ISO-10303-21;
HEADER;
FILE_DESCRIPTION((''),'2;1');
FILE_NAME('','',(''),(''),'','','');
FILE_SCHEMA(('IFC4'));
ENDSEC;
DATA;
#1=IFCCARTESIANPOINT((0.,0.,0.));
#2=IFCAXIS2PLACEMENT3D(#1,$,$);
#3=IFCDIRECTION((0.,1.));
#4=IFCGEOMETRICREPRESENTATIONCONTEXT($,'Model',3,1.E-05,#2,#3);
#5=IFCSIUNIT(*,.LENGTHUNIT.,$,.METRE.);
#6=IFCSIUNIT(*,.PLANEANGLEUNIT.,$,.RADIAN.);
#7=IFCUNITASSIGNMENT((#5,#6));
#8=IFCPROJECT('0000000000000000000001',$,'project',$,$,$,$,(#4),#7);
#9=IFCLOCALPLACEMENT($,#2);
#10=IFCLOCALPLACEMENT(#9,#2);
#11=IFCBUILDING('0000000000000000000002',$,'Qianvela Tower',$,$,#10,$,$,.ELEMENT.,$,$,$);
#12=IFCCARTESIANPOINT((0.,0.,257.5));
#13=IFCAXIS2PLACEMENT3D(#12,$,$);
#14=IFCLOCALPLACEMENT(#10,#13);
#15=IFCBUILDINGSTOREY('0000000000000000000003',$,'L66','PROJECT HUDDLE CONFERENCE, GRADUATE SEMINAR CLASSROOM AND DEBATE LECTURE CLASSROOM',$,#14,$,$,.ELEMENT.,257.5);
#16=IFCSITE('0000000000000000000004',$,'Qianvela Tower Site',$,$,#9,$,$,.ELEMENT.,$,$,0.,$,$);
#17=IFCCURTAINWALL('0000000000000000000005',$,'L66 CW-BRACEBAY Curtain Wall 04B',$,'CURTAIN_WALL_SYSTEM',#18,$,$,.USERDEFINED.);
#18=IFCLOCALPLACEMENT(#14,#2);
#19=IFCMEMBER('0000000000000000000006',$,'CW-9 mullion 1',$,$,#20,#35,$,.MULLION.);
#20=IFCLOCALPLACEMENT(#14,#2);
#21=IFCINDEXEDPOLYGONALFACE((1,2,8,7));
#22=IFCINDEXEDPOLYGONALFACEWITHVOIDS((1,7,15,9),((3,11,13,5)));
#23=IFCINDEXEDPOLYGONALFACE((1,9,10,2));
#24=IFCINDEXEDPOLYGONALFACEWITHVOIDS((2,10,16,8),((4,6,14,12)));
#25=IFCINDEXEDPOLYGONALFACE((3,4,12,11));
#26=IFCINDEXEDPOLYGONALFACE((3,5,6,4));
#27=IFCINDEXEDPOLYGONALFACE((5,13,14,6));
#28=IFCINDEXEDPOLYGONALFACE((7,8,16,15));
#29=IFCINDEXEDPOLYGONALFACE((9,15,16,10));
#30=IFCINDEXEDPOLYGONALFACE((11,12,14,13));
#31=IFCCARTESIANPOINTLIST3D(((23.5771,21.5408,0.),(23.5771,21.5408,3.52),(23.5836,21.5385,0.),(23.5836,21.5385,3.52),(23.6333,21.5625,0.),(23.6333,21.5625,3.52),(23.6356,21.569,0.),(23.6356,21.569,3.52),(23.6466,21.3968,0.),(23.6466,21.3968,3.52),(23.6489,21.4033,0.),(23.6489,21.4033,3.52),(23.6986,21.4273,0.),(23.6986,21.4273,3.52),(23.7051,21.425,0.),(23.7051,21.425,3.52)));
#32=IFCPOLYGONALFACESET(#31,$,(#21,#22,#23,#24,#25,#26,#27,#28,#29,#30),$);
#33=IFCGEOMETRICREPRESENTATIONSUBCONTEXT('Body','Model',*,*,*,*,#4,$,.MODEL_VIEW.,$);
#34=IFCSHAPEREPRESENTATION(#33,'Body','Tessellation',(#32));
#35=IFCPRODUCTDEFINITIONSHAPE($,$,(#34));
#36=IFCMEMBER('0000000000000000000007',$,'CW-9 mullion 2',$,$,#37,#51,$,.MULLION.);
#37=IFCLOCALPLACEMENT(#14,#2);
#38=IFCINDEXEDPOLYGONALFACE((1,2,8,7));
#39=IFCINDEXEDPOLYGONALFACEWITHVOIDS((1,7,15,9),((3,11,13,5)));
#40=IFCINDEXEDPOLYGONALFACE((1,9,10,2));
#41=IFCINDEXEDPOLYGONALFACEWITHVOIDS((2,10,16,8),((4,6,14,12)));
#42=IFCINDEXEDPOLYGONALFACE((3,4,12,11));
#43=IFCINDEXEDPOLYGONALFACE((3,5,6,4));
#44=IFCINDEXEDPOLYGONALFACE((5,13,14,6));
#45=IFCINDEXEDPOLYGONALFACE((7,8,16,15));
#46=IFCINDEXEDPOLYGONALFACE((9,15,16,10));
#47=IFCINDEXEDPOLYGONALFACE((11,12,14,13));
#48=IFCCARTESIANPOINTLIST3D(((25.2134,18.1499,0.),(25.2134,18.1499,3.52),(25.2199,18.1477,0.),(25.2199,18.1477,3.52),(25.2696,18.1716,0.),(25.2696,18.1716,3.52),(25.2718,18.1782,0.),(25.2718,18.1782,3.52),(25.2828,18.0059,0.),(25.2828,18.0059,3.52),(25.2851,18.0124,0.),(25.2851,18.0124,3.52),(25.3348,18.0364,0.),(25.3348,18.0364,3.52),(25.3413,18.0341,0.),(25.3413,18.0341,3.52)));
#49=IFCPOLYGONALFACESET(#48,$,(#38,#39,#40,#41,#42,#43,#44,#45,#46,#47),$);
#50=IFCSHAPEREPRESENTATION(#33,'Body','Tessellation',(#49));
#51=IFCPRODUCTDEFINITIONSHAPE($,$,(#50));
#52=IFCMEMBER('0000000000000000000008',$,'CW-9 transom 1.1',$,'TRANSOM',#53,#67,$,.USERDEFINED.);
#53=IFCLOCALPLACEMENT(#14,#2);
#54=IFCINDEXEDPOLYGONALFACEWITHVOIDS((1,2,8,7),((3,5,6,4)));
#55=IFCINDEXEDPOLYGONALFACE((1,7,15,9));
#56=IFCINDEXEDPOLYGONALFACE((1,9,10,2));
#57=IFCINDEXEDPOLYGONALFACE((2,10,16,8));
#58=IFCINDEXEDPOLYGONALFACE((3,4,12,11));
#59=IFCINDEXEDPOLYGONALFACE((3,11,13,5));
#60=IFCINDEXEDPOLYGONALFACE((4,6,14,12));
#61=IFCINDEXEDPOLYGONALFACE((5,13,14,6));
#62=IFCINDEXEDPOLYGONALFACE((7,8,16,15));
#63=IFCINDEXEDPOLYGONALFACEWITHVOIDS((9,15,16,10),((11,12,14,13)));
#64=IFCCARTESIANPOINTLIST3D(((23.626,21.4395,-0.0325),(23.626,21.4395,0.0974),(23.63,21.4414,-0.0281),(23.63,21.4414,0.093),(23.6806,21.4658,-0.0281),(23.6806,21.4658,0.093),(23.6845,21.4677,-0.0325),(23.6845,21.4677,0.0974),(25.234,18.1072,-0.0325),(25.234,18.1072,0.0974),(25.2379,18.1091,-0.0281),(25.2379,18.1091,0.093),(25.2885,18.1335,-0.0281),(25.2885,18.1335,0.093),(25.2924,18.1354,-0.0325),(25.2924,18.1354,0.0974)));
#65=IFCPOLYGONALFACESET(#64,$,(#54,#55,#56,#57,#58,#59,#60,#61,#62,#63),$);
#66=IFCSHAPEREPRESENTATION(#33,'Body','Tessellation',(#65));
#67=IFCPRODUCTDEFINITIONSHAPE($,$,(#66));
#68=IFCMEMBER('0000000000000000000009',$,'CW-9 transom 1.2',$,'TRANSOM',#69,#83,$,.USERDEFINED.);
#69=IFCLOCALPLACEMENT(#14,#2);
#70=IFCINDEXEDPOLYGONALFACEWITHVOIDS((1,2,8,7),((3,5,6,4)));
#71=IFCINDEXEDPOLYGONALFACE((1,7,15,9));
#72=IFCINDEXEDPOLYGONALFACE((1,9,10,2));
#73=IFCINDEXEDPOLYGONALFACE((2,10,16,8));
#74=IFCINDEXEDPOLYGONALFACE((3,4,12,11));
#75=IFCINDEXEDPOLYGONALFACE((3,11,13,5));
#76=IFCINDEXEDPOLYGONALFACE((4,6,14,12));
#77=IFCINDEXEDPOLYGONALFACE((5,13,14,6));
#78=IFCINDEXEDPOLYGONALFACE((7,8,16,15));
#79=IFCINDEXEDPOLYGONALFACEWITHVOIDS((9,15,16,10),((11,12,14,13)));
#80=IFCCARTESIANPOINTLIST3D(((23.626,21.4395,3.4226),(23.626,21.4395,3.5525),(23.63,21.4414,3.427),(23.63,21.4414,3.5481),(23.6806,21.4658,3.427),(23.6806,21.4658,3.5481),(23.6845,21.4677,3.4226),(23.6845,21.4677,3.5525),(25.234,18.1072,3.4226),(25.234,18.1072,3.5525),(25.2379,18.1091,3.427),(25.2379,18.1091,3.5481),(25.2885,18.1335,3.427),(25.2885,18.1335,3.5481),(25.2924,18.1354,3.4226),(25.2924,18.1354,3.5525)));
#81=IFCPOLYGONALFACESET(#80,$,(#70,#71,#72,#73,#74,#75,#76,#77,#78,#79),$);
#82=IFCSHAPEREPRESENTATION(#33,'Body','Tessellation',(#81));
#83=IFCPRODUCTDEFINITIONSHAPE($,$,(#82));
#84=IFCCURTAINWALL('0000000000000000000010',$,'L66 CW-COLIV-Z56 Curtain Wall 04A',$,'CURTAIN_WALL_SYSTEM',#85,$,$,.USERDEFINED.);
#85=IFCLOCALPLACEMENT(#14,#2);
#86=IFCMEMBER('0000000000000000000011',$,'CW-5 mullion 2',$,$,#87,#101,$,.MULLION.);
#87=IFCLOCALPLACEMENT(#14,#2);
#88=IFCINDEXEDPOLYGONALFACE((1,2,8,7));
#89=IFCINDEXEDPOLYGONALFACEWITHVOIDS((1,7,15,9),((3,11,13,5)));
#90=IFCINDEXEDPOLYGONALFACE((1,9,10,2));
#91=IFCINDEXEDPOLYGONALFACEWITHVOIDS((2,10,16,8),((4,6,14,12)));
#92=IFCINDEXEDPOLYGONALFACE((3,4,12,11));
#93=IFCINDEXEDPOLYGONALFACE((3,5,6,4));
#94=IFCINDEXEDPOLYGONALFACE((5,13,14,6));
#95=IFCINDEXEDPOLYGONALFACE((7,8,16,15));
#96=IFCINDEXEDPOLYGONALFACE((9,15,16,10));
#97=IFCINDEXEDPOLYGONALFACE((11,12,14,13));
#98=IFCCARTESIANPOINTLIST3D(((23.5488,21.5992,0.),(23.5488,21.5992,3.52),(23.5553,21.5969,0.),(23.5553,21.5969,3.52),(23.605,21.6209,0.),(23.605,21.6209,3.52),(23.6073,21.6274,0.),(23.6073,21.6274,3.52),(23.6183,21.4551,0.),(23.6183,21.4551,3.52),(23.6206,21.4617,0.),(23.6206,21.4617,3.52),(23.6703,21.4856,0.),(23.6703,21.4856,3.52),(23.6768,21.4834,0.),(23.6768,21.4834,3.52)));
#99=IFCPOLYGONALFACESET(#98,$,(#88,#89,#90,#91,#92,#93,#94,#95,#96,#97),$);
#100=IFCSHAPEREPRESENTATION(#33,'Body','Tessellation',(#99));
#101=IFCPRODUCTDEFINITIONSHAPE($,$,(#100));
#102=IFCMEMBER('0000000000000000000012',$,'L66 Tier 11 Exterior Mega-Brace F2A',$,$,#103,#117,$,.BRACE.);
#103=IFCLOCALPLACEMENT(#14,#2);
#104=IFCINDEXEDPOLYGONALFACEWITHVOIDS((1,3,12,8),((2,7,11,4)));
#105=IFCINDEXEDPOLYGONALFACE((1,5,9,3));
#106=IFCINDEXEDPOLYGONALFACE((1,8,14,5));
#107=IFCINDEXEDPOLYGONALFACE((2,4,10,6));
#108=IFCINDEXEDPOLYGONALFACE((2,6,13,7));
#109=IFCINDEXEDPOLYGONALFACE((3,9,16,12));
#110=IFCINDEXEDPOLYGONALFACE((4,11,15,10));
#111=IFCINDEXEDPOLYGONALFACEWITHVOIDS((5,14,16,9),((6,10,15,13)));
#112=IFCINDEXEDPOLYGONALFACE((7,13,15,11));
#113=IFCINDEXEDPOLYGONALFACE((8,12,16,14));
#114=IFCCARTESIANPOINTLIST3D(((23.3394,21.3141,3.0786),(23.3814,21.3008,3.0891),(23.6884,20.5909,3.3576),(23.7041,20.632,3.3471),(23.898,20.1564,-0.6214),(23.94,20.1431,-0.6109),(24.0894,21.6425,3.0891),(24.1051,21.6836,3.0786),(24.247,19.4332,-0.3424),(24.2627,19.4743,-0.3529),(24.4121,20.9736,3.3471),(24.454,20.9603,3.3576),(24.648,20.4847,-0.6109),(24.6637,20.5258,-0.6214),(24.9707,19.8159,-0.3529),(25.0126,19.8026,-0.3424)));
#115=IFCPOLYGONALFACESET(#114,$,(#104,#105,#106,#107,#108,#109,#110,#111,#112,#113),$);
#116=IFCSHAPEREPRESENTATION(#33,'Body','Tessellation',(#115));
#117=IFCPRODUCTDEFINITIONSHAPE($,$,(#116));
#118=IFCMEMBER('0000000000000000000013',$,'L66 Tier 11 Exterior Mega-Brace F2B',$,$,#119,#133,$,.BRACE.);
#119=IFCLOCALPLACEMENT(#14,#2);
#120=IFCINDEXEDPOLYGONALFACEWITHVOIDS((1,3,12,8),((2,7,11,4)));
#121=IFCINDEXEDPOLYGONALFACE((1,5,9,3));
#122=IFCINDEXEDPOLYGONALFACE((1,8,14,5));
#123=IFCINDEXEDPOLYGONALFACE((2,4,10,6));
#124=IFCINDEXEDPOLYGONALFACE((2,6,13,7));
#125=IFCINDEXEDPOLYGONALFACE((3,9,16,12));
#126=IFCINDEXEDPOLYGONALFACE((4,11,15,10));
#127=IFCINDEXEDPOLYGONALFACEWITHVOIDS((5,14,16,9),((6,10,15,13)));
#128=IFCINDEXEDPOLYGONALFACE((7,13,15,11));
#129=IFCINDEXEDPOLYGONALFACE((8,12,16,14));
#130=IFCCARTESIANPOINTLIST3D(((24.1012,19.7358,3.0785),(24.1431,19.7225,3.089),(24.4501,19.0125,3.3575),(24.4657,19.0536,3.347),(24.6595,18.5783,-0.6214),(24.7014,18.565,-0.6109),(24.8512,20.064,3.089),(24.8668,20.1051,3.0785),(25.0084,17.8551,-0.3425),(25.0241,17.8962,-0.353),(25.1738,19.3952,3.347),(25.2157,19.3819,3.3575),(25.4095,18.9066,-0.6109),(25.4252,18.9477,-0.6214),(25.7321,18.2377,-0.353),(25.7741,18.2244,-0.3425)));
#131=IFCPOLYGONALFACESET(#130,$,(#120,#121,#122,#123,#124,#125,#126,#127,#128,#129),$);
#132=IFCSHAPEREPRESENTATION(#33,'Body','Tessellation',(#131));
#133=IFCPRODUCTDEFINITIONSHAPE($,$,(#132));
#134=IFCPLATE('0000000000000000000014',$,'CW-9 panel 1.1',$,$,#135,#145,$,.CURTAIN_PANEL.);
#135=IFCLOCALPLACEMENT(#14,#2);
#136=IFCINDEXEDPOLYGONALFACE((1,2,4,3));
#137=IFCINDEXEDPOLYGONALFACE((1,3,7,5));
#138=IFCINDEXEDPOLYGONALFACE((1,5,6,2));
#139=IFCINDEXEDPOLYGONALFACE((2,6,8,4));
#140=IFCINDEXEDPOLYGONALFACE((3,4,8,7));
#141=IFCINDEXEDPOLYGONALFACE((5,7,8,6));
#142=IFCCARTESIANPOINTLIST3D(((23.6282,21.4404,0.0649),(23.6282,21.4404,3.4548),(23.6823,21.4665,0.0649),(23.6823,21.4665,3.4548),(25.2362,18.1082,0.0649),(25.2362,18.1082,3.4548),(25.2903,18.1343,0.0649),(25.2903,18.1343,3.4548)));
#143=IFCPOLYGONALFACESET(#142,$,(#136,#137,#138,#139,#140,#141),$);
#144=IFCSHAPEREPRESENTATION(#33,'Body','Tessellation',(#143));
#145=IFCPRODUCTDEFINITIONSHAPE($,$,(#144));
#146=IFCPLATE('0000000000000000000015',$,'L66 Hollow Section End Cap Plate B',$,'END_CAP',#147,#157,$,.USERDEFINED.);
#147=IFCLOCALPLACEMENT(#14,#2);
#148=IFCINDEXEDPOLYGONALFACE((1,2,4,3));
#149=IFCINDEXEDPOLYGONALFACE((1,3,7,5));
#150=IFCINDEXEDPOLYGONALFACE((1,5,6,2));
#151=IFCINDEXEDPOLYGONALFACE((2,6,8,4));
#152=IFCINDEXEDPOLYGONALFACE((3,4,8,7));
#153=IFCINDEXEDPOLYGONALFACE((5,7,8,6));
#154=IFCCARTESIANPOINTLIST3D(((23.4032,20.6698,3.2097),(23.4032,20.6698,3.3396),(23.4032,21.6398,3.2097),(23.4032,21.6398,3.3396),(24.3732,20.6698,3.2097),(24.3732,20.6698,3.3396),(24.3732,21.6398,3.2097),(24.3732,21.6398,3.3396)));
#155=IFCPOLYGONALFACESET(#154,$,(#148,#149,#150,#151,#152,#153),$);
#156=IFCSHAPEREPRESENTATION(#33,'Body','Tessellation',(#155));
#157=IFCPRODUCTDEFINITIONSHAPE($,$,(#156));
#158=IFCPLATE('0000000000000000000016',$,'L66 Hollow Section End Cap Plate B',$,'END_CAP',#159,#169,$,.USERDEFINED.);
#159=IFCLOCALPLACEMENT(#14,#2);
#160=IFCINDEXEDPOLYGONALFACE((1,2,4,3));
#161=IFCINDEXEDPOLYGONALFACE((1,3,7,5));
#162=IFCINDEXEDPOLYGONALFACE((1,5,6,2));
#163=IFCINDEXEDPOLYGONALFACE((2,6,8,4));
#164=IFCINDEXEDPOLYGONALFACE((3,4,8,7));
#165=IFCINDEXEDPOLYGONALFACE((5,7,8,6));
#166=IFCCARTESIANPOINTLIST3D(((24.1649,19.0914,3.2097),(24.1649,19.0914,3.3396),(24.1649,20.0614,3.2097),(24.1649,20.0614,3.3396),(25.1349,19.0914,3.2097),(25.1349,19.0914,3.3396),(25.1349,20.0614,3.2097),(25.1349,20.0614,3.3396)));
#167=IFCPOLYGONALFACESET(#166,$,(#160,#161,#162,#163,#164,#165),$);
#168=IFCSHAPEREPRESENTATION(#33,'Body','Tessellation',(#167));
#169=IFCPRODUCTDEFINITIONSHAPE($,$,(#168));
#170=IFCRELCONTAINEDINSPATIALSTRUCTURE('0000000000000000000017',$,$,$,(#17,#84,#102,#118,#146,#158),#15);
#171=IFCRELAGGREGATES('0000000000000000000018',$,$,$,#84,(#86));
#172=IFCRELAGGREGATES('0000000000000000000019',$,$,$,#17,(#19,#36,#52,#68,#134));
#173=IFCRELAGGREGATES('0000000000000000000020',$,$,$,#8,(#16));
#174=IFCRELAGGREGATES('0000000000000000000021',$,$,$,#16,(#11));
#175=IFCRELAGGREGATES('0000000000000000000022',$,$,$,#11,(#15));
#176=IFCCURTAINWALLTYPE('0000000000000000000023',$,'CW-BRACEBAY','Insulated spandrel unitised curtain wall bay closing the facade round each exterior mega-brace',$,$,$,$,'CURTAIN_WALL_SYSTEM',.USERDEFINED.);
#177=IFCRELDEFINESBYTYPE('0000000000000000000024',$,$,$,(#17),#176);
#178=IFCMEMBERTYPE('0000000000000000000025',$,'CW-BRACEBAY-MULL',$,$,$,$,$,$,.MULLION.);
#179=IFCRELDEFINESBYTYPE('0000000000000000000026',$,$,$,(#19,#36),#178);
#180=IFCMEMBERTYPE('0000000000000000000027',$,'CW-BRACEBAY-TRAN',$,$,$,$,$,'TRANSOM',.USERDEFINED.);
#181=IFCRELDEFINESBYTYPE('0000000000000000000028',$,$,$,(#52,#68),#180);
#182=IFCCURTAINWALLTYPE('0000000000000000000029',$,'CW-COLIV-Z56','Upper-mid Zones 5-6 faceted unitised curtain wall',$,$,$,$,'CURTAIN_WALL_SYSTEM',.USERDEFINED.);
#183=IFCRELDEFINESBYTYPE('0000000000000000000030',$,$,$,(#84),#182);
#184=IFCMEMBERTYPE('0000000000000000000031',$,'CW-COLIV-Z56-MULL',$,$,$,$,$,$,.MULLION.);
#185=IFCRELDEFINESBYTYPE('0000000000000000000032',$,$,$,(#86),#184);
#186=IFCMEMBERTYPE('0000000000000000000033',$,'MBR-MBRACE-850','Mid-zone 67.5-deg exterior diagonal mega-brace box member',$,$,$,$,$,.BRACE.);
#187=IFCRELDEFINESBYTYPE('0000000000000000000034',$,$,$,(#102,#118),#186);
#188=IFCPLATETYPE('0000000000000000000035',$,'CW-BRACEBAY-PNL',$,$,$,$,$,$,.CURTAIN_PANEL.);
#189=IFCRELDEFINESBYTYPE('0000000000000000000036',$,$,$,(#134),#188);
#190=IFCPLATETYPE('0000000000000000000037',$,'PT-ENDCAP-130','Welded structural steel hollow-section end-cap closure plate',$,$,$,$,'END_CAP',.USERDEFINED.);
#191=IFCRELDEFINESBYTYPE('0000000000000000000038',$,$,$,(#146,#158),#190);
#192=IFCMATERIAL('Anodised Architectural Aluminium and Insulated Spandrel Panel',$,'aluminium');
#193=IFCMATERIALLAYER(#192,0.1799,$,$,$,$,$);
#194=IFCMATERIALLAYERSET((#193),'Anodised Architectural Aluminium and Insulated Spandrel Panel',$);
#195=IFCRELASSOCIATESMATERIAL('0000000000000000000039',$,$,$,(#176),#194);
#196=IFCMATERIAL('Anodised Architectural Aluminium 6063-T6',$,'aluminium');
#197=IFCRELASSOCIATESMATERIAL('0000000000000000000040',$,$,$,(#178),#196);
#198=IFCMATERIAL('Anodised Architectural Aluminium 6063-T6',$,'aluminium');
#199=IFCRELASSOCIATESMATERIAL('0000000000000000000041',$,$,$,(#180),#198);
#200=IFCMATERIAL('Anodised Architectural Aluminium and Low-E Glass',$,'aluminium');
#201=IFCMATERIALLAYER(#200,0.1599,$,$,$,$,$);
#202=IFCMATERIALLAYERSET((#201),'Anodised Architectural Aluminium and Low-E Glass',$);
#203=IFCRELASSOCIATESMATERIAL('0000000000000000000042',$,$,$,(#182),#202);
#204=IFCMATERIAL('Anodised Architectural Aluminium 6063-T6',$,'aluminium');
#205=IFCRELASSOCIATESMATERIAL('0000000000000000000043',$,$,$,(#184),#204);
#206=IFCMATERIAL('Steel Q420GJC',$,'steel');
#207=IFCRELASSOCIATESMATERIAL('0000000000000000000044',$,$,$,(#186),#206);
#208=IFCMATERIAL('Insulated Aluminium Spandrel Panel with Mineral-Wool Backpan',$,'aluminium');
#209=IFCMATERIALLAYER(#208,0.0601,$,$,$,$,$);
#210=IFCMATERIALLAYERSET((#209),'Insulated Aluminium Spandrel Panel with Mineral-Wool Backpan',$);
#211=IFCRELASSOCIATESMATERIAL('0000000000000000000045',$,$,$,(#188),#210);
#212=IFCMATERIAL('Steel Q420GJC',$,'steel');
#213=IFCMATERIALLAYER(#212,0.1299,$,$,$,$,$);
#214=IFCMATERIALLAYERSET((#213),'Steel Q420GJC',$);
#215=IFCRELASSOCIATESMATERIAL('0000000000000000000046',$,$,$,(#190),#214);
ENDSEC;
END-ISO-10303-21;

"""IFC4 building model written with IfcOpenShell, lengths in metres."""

from ifc_helpers import new_model, si_unit, direction, frame, origin, origin_2d, place, context, subcontext, project, spatial, rectangle, hollow_rectangle, extrude, material, layer, layer_set, material_profile, profile_set, type_object, element, aggregate, save


model = new_model("IFC4")

# Units and contexts
model_context = context("Model", 3, precision=1e-05, world=origin(), true_north=direction((0.0, 1.0)))
body_context = subcontext(model_context, "Body", "Model", "MODEL_VIEW")
ifc_project = project(units=[si_unit("LENGTHUNIT", "METRE"), si_unit("PLANEANGLEUNIT", "RADIAN")], contexts=[model_context])

# Site, building, storey
site_placement = place(None, origin())
site = spatial("IfcSite", under=ifc_project, at=site_placement, Name="Qianvela Tower Site", CompositionType="ELEMENT", RefElevation=0.0)
building_placement = place(site_placement, origin())
building = spatial("IfcBuilding", under=site, at=building_placement, Name="Qianvela Tower", CompositionType="ELEMENT")
storey_placement = place(building_placement, frame((0.0, 0.0, 257.5)))
storey = spatial("IfcBuildingStorey", under=building, at=storey_placement, Name="L66", Description="PROJECT HUDDLE CONFERENCE, GRADUATE SEMINAR CLASSROOM AND DEBATE LECTURE CLASSROOM", CompositionType="ELEMENT", Elevation=257.5)

# Curtain wall, members
ifc_material_1 = material(Name="Anodised Architectural Aluminium and Insulated Spandrel Panel", Category="aluminium")
ifc_layer_1 = layer(ifc_material_1, 0.1799)
ifc_layer_set_1 = layer_set([ifc_layer_1], Name="Anodised Architectural Aluminium and Insulated Spandrel Panel")
curtain_wall_type_1 = type_object("IfcCurtainWallType", Name="CW-BRACEBAY", Description="Insulated spandrel unitised curtain wall bay closing the facade round each exterior mega-brace", ElementType="CURTAIN_WALL_SYSTEM", PredefinedType="USERDEFINED", material=ifc_layer_set_1)
curtain_wall_1_placement = place(storey_placement, origin())
curtain_wall_1 = element("IfcCurtainWall", 1, at=curtain_wall_1_placement, inside=storey, type_object=curtain_wall_type_1, Name="L66 CW-BRACEBAY Curtain Wall 04B", ObjectType="CURTAIN_WALL_SYSTEM", PredefinedType="USERDEFINED")
ifc_material_2 = material(Name="Anodised Architectural Aluminium 6063-T6", Category="aluminium")
ifc_material_profile_1 = material_profile(ifc_material_2, hollow_rectangle(XDim=0.0649, YDim=0.1599, WallThickness=0.0049, at=origin_2d()), Name="ALU-MULL-65x160")
ifc_profile_set_1 = profile_set([ifc_material_profile_1], Name="Anodised Architectural Aluminium 6063-T6")
member_type_1 = type_object("IfcMemberType", Name="CW-BRACEBAY-MULL", PredefinedType="MULLION", material=ifc_profile_set_1)
member_1_placement = place(storey_placement, frame((23.6411, 21.4829, 0.0), z_axis=(0.0, 0.0, 1.0), x_axis=(0.900626, 0.434595, 0.0)))
member_1 = element("IfcMember", 2, at=member_1_placement, type_object=member_type_1, Name="CW-9 mullion 1", PredefinedType="MULLION", context=body_context, shape_type="SweptSolid", body=[
    extrude(hollow_rectangle(XDim=0.0649, YDim=0.1599, WallThickness=0.0049, at=origin_2d()), origin(), (0.0, 0.0, 1.0), 3.52),
])
member_2_placement = place(storey_placement, frame((25.2773, 18.092, 0.0), z_axis=(0.0, 0.0, 1.0), x_axis=(0.900626, 0.434595, 0.0)))
member_2 = element("IfcMember", 3, at=member_2_placement, type_object=member_type_1, Name="CW-9 mullion 2", PredefinedType="MULLION", context=body_context, shape_type="SweptSolid", body=[
    extrude(hollow_rectangle(XDim=0.0649, YDim=0.1599, WallThickness=0.0049, at=origin_2d()), origin(), (0.0, 0.0, 1.0), 3.52),
])
ifc_material_3 = material(Name="Anodised Architectural Aluminium 6063-T6", Category="aluminium")
ifc_material_profile_2 = material_profile(ifc_material_3, hollow_rectangle(XDim=0.0649, YDim=0.1299, WallThickness=0.0044, at=origin_2d()), Name="ALU-TRAN-65x130")
ifc_profile_set_2 = profile_set([ifc_material_profile_2], Name="Anodised Architectural Aluminium 6063-T6")
member_type_2 = type_object("IfcMemberType", Name="CW-BRACEBAY-TRAN", ElementType="TRANSOM", PredefinedType="USERDEFINED", material=ifc_profile_set_2)
member_3_placement = place(storey_placement, frame((23.6553, 21.4536, 0.0325), z_axis=(0.434579, -0.900634, 0.0), x_axis=(0.900634, 0.434579, 0.0)))
member_3 = element("IfcMember", 4, at=member_3_placement, type_object=member_type_2, Name="CW-9 transom 1.1", ObjectType="TRANSOM", PredefinedType="USERDEFINED", context=body_context, shape_type="SweptSolid", body=[
    extrude(hollow_rectangle(XDim=0.0649, YDim=0.1299, WallThickness=0.0044, at=origin_2d()), origin(), (0.0, 0.0, 1.0), 3.7),
])
member_4_placement = place(storey_placement, frame((23.6553, 21.4536, 3.4875), z_axis=(0.434579, -0.900634, 0.0), x_axis=(0.900634, 0.434579, 0.0)))
member_4 = element("IfcMember", 5, at=member_4_placement, type_object=member_type_2, Name="CW-9 transom 1.2", ObjectType="TRANSOM", PredefinedType="USERDEFINED", context=body_context, shape_type="SweptSolid", body=[
    extrude(hollow_rectangle(XDim=0.0649, YDim=0.1299, WallThickness=0.0044, at=origin_2d()), origin(), (0.0, 0.0, 1.0), 3.7),
])

# Curtain wall, member
ifc_material_4 = material(Name="Anodised Architectural Aluminium and Low-E Glass", Category="aluminium")
ifc_layer_2 = layer(ifc_material_4, 0.1599)
ifc_layer_set_2 = layer_set([ifc_layer_2], Name="Anodised Architectural Aluminium and Low-E Glass")
curtain_wall_type_2 = type_object("IfcCurtainWallType", Name="CW-COLIV-Z56", Description="Upper-mid Zones 5-6 faceted unitised curtain wall", ElementType="CURTAIN_WALL_SYSTEM", PredefinedType="USERDEFINED", material=ifc_layer_set_2)
curtain_wall_2_placement = place(storey_placement, origin())
curtain_wall_2 = element("IfcCurtainWall", 6, at=curtain_wall_2_placement, inside=storey, type_object=curtain_wall_type_2, Name="L66 CW-COLIV-Z56 Curtain Wall 04A", ObjectType="CURTAIN_WALL_SYSTEM", PredefinedType="USERDEFINED")
ifc_material_5 = material(Name="Anodised Architectural Aluminium 6063-T6", Category="aluminium")
ifc_material_profile_3 = material_profile(ifc_material_5, hollow_rectangle(XDim=0.0649, YDim=0.1599, WallThickness=0.0049, at=origin_2d()), Name="ALU-MULL-65x160")
ifc_profile_set_3 = profile_set([ifc_material_profile_3], Name="Anodised Architectural Aluminium 6063-T6")
member_type_3 = type_object("IfcMemberType", Name="CW-COLIV-Z56-MULL", PredefinedType="MULLION", material=ifc_profile_set_3)
member_5_placement = place(storey_placement, frame((23.6128, 21.5413, 0.0), z_axis=(0.0, 0.0, 1.0), x_axis=(0.90062, 0.434607, 0.0)))
member_5 = element("IfcMember", 7, at=member_5_placement, type_object=member_type_3, Name="CW-5 mullion 2", PredefinedType="MULLION", context=body_context, shape_type="SweptSolid", body=[
    extrude(hollow_rectangle(XDim=0.0649, YDim=0.1599, WallThickness=0.0049, at=origin_2d()), origin(), (0.0, 0.0, 1.0), 3.52),
])
aggregate(curtain_wall_2, [member_5])

# Members
ifc_material_6 = material(Name="Steel Q420GJC", Category="steel")
ifc_material_profile_4 = material_profile(ifc_material_6, hollow_rectangle(XDim=0.8501, YDim=0.8501, WallThickness=0.032, at=origin_2d()), Name="MBOX-850x850x32")
ifc_profile_set_4 = profile_set([ifc_material_profile_4], Name="Steel Q420GJC")
member_type_4 = type_object("IfcMemberType", Name="MBR-MBRACE-850", Description="Mid-zone 67.5-deg exterior diagonal mega-brace box member", PredefinedType="BRACE", material=ifc_profile_set_4)
member_6_placement = place(storey_placement, frame((24.4553, 19.9795, -0.4819), z_axis=(-0.142612, 0.29557, 0.944616), x_axis=(-0.900644, -0.434558, 0.0)))
element("IfcMember", 8, at=member_6_placement, inside=storey, type_object=member_type_4, Name="L66 Tier 11 Exterior Mega-Brace F2A", PredefinedType="BRACE", context=body_context, shape_type="SweptSolid", body=[
    extrude(hollow_rectangle(XDim=0.8501, YDim=0.8501, WallThickness=0.032, at=origin_2d()), origin(), (0.0, 0.0, 1.0), 3.917),
])
member_7_placement = place(storey_placement, frame((25.2168, 18.4014, -0.4819), z_axis=(-0.142553, 0.295516, 0.944642), x_axis=(-0.900682, -0.434478, 0.0)))
element("IfcMember", 9, at=member_7_placement, inside=storey, type_object=member_type_4, Name="L66 Tier 11 Exterior Mega-Brace F2B", PredefinedType="BRACE", context=body_context, shape_type="SweptSolid", body=[
    extrude(hollow_rectangle(XDim=0.8501, YDim=0.8501, WallThickness=0.032, at=origin_2d()), origin(), (0.0, 0.0, 1.0), 3.9167),
])

# Plate
ifc_material_7 = material(Name="Insulated Aluminium Spandrel Panel with Mineral-Wool Backpan", Category="aluminium")
ifc_layer_3 = layer(ifc_material_7, 0.0601)
ifc_layer_set_3 = layer_set([ifc_layer_3], Name="Insulated Aluminium Spandrel Panel with Mineral-Wool Backpan")
plate_type_1 = type_object("IfcPlateType", Name="CW-BRACEBAY-PNL", PredefinedType="CURTAIN_PANEL", material=ifc_layer_set_3)
plate_placement = place(storey_placement, frame((24.4592, 19.7874, 0.0649), z_axis=(0.0, 0.0, 1.0), x_axis=(0.434595, -0.900626, 0.0)))
plate = element("IfcPlate", 10, at=plate_placement, type_object=plate_type_1, Name="CW-9 panel 1.1", PredefinedType="CURTAIN_PANEL", context=body_context, shape_type="SweptSolid", body=[
    extrude(rectangle(XDim=3.7, YDim=0.0601, at=origin_2d()), origin(), (0.0, 0.0, 1.0), 3.3899),
])
aggregate(curtain_wall_1, [member_1, member_2, member_3, member_4, plate])

# Plates
ifc_material_8 = material(Name="Steel Q420GJC", Category="steel")
ifc_layer_4 = layer(ifc_material_8, 0.1299)
ifc_layer_set_4 = layer_set([ifc_layer_4], Name="Steel Q420GJC")
plate_type_2 = type_object("IfcPlateType", Name="PT-ENDCAP-130", Description="Welded structural steel hollow-section end-cap closure plate", ElementType="END_CAP", PredefinedType="USERDEFINED", material=ifc_layer_set_4)
for number, where, z_axis, x_axis, name in (
    (11, (23.8882, 21.1548, 3.2097), (0.0, 0.0, 1.0), (1.0, 0.0, 0.0), "L66 Hollow Section End Cap Plate B"),
    (12, (24.6499, 19.5764, 3.2097), (0.0, 0.0, 1.0), (1.0, 0.0, 0.0), "L66 Hollow Section End Cap Plate B"),
):
    element("IfcPlate", number, at=place(storey_placement, frame(where, z_axis=z_axis, x_axis=x_axis)), inside=storey, type_object=plate_type_2, Name=name, ObjectType="END_CAP", PredefinedType="USERDEFINED", context=body_context, shape_type="SweptSolid", body=[
        extrude(rectangle(XDim=0.97, YDim=0.97, at=origin_2d()), origin(), (0.0, 0.0, 1.0), 0.1299),
    ])

save(model, "model.ifc")
